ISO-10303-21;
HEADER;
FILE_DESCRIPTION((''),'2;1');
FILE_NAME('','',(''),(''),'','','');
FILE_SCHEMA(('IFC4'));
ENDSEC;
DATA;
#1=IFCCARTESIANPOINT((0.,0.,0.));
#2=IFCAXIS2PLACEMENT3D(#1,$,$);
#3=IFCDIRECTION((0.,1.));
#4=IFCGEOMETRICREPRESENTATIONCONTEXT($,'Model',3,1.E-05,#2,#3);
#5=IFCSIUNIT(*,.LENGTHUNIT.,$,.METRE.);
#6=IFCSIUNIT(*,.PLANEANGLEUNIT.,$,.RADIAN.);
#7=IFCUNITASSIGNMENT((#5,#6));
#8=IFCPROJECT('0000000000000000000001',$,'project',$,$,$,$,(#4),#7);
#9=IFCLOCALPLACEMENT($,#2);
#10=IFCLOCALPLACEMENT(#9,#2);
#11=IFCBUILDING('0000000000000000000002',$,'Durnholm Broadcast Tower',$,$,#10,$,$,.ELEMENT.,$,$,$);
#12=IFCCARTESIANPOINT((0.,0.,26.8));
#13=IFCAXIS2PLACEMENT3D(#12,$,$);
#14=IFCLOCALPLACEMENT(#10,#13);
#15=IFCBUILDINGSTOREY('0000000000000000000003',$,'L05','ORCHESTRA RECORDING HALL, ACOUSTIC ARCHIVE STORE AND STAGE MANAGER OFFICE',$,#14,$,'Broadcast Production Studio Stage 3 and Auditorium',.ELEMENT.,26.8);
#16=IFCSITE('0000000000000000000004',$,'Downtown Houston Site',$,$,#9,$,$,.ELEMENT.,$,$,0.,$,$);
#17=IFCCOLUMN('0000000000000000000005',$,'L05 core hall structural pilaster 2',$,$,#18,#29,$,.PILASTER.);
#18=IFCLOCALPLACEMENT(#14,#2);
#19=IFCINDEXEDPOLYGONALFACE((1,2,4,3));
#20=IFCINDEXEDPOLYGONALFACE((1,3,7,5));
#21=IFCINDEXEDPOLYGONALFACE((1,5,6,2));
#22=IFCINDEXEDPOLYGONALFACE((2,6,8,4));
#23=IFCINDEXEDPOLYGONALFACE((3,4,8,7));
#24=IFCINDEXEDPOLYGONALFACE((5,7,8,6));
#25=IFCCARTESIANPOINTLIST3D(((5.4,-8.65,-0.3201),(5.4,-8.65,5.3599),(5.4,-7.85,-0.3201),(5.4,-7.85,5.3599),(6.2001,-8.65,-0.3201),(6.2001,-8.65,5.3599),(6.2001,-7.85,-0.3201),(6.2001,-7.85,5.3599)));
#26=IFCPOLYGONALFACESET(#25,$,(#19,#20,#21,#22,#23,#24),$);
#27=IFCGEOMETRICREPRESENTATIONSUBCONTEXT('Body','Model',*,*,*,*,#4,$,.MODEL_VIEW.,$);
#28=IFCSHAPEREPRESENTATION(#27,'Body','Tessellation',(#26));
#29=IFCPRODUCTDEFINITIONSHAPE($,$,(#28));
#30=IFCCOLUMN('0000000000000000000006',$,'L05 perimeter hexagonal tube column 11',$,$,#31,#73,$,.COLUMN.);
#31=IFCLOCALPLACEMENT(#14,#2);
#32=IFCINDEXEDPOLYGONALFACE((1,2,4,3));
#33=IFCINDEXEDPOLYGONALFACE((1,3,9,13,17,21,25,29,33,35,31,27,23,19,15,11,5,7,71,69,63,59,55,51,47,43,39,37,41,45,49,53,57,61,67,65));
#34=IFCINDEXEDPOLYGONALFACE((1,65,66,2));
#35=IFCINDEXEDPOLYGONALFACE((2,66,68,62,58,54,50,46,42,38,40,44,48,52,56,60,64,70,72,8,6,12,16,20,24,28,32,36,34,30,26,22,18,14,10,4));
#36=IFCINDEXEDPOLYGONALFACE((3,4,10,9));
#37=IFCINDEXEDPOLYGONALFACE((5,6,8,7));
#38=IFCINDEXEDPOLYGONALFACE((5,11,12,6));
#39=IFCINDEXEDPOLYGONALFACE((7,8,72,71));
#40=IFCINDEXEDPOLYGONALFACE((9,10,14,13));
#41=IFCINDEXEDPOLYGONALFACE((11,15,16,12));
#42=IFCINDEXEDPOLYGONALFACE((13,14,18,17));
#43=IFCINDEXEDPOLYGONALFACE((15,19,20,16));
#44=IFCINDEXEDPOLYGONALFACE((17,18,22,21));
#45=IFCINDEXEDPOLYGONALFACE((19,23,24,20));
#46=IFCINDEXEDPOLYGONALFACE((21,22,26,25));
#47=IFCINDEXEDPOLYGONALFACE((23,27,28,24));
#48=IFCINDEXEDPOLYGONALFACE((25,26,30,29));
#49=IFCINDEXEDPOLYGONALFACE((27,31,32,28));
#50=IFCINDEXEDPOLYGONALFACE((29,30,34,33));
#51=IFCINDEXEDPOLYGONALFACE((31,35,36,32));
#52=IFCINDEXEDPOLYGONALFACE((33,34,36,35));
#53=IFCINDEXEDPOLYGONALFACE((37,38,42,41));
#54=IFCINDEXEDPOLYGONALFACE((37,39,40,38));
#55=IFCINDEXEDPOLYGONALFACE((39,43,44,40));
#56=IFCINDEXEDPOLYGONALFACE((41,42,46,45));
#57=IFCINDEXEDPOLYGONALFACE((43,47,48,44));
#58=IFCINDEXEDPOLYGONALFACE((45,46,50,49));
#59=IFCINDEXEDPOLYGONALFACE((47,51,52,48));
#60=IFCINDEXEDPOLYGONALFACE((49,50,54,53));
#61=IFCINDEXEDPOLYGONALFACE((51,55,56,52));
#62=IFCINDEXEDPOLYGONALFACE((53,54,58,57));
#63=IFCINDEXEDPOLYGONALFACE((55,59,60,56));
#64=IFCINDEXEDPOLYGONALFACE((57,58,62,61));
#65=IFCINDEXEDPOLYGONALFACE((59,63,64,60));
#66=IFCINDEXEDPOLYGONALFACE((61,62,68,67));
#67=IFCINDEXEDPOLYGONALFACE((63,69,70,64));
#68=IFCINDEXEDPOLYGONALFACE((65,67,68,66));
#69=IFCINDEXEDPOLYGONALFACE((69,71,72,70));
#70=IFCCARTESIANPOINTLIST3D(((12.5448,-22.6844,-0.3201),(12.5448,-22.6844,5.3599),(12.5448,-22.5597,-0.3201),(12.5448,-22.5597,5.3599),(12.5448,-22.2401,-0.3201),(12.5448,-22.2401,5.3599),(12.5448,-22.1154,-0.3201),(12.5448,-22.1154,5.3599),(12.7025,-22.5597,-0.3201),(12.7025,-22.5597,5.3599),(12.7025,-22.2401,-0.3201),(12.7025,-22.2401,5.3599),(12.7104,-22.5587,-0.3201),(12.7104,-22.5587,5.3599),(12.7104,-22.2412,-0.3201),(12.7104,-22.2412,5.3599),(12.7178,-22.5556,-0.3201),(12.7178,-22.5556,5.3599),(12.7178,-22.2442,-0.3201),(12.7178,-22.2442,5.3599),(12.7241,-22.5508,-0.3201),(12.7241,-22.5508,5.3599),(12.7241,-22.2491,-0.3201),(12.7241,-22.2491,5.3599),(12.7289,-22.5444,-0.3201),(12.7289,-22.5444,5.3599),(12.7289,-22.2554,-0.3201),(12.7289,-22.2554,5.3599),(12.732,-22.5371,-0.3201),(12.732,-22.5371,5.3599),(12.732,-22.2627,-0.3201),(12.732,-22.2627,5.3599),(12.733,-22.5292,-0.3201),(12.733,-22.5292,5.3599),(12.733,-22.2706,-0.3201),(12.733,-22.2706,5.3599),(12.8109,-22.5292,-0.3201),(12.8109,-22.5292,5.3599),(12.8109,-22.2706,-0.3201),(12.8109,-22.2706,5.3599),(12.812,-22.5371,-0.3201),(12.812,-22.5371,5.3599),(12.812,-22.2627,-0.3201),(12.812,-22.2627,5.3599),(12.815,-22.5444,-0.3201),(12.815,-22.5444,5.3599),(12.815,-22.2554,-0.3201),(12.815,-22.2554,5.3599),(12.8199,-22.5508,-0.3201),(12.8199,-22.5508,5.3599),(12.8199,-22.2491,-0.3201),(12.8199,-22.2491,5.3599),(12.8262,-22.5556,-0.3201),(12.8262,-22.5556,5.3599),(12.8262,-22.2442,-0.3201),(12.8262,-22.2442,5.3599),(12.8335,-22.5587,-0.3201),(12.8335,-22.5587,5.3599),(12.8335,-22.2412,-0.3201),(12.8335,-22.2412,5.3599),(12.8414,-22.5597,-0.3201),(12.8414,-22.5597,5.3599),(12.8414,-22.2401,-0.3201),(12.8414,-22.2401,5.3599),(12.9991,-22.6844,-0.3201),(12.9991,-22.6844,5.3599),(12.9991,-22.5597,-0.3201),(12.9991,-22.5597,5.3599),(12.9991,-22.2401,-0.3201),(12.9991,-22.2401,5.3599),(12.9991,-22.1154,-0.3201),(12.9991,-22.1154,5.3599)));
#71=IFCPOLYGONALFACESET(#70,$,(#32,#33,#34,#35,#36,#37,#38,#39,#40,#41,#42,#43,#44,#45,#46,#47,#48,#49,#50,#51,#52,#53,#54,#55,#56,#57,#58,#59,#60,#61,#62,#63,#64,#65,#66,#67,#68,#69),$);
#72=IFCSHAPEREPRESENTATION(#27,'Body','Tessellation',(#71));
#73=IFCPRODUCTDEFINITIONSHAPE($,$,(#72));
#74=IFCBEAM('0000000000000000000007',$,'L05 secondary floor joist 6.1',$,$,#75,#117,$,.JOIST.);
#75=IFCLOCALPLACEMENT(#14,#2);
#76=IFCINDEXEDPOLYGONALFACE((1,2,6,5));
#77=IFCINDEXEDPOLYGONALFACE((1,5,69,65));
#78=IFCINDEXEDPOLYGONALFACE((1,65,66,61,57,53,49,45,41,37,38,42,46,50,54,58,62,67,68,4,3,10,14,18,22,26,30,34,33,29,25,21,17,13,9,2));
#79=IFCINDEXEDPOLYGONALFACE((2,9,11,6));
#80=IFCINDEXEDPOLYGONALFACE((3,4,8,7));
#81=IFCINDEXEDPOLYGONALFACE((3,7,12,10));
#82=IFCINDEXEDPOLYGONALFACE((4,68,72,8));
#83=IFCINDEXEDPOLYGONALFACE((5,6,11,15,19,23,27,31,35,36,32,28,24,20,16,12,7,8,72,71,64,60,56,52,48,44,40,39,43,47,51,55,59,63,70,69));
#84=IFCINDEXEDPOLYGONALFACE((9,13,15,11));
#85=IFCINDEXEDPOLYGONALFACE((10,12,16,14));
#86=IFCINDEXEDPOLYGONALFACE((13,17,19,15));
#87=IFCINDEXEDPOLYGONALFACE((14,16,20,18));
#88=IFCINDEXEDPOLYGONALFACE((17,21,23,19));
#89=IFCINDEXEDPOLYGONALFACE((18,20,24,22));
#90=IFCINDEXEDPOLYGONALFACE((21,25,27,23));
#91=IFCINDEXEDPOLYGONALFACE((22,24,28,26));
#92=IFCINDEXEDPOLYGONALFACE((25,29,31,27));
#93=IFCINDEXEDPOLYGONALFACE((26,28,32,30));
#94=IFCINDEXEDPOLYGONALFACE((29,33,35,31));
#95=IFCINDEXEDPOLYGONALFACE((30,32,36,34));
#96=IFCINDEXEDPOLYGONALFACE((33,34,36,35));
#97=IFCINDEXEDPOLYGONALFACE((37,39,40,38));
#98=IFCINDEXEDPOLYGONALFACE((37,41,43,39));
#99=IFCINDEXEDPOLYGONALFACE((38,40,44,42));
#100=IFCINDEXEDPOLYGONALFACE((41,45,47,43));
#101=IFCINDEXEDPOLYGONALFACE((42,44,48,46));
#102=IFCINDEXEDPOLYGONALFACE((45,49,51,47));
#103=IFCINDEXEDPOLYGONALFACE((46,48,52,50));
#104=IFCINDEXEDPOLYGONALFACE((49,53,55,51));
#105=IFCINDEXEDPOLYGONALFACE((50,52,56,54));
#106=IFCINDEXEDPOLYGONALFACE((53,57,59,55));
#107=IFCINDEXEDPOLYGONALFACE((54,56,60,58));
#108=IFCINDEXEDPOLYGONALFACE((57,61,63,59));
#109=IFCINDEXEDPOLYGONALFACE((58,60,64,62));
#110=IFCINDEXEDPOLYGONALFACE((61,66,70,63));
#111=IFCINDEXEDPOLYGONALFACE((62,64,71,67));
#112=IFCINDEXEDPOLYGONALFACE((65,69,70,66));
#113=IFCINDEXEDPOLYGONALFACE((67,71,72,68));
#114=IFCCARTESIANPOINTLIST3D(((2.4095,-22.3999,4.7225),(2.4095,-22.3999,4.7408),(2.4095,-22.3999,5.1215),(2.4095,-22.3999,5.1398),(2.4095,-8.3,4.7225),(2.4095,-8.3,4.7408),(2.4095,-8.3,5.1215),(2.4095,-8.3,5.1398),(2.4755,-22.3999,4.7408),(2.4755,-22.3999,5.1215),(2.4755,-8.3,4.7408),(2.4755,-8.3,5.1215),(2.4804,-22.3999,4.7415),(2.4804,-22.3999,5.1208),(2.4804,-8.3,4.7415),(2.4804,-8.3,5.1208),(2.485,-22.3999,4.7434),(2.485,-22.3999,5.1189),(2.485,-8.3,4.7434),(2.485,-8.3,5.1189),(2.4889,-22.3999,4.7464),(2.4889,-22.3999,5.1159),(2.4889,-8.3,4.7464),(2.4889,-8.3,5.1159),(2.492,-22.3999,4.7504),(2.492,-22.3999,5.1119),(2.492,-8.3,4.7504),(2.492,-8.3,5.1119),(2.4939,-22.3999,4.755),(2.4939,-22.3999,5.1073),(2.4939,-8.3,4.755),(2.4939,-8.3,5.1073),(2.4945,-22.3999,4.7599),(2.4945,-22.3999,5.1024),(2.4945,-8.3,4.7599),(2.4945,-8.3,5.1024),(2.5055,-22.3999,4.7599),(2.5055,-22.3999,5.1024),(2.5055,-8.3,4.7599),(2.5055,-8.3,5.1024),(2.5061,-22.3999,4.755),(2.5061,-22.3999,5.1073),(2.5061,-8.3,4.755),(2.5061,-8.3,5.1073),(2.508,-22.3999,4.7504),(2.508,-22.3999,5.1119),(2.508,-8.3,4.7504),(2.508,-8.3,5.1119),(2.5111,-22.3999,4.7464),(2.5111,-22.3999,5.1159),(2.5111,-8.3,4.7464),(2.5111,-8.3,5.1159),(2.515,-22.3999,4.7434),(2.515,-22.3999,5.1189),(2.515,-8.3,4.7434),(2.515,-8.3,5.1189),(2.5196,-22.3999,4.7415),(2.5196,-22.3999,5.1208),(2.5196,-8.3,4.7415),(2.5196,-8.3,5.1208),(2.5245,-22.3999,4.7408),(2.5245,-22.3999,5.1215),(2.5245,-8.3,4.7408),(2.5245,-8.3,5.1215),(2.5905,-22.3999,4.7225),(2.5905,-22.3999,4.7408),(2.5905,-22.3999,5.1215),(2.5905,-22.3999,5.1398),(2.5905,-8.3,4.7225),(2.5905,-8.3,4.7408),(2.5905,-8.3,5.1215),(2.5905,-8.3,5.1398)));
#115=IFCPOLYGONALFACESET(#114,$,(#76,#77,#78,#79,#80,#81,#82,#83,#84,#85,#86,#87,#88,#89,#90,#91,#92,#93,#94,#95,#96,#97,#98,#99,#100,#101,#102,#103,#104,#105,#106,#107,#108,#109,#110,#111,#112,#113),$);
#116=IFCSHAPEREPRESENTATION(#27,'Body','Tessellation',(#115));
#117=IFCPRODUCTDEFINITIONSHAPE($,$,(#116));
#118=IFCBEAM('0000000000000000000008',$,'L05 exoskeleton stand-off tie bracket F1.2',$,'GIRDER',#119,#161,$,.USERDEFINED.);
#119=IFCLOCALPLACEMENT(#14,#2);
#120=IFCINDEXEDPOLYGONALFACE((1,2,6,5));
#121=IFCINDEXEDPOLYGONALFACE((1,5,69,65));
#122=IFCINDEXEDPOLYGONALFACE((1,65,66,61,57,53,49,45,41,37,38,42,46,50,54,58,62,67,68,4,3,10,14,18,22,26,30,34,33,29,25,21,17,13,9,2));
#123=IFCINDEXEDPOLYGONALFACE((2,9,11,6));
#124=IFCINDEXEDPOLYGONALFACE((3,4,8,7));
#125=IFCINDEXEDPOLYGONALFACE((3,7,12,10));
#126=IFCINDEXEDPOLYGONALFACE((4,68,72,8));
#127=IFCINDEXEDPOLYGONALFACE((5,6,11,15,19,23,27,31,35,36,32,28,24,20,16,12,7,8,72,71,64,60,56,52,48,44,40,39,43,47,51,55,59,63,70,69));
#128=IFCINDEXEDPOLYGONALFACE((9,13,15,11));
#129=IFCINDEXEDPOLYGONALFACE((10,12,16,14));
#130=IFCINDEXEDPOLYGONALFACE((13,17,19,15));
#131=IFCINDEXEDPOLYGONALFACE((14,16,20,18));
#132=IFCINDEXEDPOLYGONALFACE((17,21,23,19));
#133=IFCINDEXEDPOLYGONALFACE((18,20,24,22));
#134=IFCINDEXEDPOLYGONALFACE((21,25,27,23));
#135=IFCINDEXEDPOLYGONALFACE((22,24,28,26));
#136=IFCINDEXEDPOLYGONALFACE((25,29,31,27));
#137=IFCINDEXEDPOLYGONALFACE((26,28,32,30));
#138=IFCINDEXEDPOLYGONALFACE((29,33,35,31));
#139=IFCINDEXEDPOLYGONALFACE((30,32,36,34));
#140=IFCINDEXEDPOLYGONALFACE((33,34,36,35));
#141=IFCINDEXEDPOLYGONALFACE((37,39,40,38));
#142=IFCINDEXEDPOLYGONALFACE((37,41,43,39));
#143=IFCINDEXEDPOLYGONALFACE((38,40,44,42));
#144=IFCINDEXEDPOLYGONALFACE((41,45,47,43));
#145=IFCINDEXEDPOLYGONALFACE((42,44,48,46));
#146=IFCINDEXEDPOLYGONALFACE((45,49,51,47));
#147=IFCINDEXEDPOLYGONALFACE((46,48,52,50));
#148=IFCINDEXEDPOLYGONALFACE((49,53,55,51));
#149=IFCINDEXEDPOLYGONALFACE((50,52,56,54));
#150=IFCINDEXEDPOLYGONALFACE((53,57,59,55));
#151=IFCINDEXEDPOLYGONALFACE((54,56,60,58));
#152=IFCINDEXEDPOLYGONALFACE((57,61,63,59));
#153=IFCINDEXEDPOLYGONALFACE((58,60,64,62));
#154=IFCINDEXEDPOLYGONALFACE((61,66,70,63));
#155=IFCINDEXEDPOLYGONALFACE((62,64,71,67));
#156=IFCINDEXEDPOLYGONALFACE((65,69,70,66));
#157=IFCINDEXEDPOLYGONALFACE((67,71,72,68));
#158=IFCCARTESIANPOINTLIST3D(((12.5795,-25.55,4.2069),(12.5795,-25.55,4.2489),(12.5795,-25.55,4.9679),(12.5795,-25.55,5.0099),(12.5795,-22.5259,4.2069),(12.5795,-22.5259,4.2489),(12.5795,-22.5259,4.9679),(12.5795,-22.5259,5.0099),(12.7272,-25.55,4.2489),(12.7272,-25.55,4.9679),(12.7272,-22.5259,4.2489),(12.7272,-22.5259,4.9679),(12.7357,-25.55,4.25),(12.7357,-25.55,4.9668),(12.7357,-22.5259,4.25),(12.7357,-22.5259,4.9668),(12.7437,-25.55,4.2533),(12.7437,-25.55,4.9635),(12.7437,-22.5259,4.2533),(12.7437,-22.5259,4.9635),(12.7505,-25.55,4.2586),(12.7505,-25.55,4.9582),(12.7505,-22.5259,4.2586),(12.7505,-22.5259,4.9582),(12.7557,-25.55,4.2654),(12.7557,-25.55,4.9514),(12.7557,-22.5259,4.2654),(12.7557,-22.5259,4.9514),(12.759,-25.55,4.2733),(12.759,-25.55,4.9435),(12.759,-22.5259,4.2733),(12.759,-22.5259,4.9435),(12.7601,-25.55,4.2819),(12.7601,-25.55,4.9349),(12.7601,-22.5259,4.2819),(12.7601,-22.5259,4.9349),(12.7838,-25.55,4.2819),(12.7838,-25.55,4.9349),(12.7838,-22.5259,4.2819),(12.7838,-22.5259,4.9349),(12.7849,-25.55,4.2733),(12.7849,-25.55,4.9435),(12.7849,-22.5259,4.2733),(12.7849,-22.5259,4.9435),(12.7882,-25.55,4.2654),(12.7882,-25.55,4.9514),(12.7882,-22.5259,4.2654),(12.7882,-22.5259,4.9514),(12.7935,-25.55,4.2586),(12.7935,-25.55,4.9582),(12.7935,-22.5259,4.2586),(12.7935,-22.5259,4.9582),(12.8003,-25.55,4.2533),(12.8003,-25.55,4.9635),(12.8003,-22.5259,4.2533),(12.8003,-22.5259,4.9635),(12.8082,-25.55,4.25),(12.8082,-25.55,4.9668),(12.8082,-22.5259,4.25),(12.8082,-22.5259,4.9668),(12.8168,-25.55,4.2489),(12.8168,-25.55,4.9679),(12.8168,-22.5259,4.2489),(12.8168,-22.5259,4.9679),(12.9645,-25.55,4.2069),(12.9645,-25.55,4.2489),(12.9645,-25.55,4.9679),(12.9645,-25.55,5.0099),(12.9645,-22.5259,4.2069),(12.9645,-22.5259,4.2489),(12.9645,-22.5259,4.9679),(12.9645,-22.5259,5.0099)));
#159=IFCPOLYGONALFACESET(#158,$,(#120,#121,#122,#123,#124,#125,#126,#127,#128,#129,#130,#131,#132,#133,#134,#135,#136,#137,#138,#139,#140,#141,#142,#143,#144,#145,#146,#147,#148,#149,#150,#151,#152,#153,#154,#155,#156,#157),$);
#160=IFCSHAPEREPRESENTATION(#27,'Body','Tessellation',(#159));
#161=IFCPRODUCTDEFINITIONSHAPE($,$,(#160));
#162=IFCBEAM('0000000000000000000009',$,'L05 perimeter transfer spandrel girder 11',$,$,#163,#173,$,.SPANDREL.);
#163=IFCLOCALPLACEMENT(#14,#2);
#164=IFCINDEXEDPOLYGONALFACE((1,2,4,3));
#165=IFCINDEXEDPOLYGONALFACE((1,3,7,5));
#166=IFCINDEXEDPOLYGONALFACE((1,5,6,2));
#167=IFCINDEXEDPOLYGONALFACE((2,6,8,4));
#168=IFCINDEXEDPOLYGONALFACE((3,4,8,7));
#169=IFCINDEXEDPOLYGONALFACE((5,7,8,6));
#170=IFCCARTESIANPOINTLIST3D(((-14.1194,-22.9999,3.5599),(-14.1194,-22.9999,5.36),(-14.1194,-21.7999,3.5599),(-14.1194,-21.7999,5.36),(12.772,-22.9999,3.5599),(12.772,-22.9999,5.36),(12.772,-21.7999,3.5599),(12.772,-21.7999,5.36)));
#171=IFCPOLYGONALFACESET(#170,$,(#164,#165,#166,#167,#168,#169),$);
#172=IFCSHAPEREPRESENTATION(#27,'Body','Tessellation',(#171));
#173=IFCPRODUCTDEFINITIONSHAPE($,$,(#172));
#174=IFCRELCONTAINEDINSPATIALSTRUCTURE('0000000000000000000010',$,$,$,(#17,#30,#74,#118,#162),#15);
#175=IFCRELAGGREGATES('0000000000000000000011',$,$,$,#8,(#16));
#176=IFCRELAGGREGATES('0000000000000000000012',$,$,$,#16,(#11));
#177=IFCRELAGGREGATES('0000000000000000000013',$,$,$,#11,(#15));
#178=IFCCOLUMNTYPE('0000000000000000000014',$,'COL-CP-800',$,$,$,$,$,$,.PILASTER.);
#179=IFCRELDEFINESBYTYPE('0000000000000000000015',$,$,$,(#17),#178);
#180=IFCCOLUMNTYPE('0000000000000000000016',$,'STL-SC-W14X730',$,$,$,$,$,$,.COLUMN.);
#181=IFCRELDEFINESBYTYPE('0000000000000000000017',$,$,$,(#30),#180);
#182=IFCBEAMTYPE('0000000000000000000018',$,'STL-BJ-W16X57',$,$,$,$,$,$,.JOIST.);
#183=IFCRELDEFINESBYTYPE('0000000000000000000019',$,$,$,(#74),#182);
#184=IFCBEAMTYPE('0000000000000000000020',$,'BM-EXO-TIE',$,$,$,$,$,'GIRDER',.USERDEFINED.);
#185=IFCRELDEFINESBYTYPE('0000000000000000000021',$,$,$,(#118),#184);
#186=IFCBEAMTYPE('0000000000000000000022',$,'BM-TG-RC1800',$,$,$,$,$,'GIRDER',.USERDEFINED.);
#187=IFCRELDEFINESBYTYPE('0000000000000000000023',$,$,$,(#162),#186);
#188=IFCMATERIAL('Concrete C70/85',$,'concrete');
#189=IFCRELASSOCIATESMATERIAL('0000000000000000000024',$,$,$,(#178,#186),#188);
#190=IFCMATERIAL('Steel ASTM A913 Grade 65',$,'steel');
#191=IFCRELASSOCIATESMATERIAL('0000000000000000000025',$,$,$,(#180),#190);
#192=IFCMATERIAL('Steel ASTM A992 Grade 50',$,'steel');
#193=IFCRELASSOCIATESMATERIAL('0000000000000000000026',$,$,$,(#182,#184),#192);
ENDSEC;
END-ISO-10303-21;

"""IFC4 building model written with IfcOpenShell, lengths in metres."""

from ifc_helpers import new_model, si_unit, direction, frame, origin, origin_2d, place, context, subcontext, project, spatial, rectangle, i_section, extrude, source, transform, mapped, material, material_profile, profile_set, type_object, type_shapes, element, save


model = new_model("IFC4")

# Units and contexts
model_context = context("Model", 3, precision=1e-05, world=origin(), true_north=direction((0.0, 1.0)))
body_context = subcontext(model_context, "Body", "Model", "MODEL_VIEW")
ifc_project = project(units=[si_unit("LENGTHUNIT", "METRE"), si_unit("PLANEANGLEUNIT", "RADIAN")], contexts=[model_context])

# Site, building, storey
site_placement = place(None, origin())
site = spatial("IfcSite", under=ifc_project, at=site_placement, Name="Downtown Houston Site", CompositionType="ELEMENT", RefElevation=0.0)
building_placement = place(site_placement, origin())
building = spatial("IfcBuilding", under=site, at=building_placement, Name="Durnholm Broadcast Tower", CompositionType="ELEMENT")
storey_placement = place(building_placement, frame((0.0, 0.0, 26.8)))
storey = spatial("IfcBuildingStorey", under=building, at=storey_placement, Name="L05", Description="ORCHESTRA RECORDING HALL, ACOUSTIC ARCHIVE STORE AND STAGE MANAGER OFFICE", LongName="Broadcast Production Studio Stage 3 and Auditorium", CompositionType="ELEMENT", Elevation=26.8)

# Columns
ifc_material_1 = material(Name="Concrete C70/85", Category="concrete")
ifc_material_profile_1 = material_profile(ifc_material_1, rectangle(XDim=0.8, YDim=0.8, at=origin_2d()), Name="RC800X800")
ifc_profile_set_1 = profile_set([ifc_material_profile_1], Name="Concrete C70/85")
column_type_1 = type_object("IfcColumnType", Name="COL-CP-800", PredefinedType="PILASTER", material=ifc_profile_set_1)
shared_shape_1 = source(origin(), body_context, "Body", "SweptSolid", [
    extrude(rectangle(XDim=0.8, YDim=0.8, at=origin_2d()), origin(), (0.0, 0.0, 1.0), 5.6799),
])
type_shapes(column_type_1, [shared_shape_1])
column_1_placement = place(storey_placement, frame((5.8, -8.25, -0.3201), z_axis=(0.0, 0.0, 1.0), x_axis=(1.0, 0.0, 0.0)))
element("IfcColumn", 1, at=column_1_placement, inside=storey, type_object=column_type_1, Name="L05 core hall structural pilaster 2", PredefinedType="PILASTER", context=body_context, shape_type="MappedRepresentation", body=[
    mapped(shared_shape_1, transform((0.0, 0.0, 0.0), x_axis=(1.0, 0.0, 0.0), y_axis=(0.0, 1.0, 0.0), z_axis=(0.0, 0.0, 1.0), scale=1.0)),
])
ifc_material_2 = material(Name="Steel ASTM A913 Grade 65", Category="steel")
ifc_material_profile_2 = material_profile(ifc_material_2, i_section(OverallWidth=0.4543, OverallDepth=0.5691, WebThickness=0.0779, FlangeThickness=0.1248, FilletRadius=0.0305, at=origin_2d()), Name="W14X730")
ifc_profile_set_2 = profile_set([ifc_material_profile_2], Name="Steel ASTM A913 Grade 65")
column_type_2 = type_object("IfcColumnType", Name="STL-SC-W14X730", PredefinedType="COLUMN", material=ifc_profile_set_2)
shared_shape_2 = source(origin(), body_context, "Body", "SweptSolid", [
    extrude(i_section(OverallWidth=0.4543, OverallDepth=0.5691, WebThickness=0.0779, FlangeThickness=0.1248, FilletRadius=0.0305, at=origin_2d()), origin(), (0.0, 0.0, 1.0), 5.6799),
])
type_shapes(column_type_2, [shared_shape_2])
column_2_placement = place(storey_placement, frame((12.772, -22.3999, -0.3201), z_axis=(0.0, 0.0, 1.0), x_axis=(1.0, 0.0, 0.0)))
element("IfcColumn", 2, at=column_2_placement, inside=storey, type_object=column_type_2, Name="L05 perimeter hexagonal tube column 11", PredefinedType="COLUMN", context=body_context, shape_type="MappedRepresentation", body=[
    mapped(shared_shape_2, transform((0.0, 0.0, 0.0), x_axis=(1.0, 0.0, 0.0), y_axis=(0.0, 1.0, 0.0), z_axis=(0.0, 0.0, 1.0), scale=1.0)),
])

# Beams
ifc_material_3 = material(Name="Steel ASTM A992 Grade 50", Category="steel")
ifc_material_profile_3 = material_profile(ifc_material_3, i_section(OverallWidth=0.1809, OverallDepth=0.4172, WebThickness=0.011, FlangeThickness=0.0183, FilletRadius=0.019, at=origin_2d()), Name="W16X57")
ifc_profile_set_3 = profile_set([ifc_material_profile_3], Name="Steel ASTM A992 Grade 50")
beam_type_1 = type_object("IfcBeamType", Name="STL-BJ-W16X57", PredefinedType="JOIST", material=ifc_profile_set_3)
shared_shape_3 = source(origin(), body_context, "Body", "SweptSolid", [
    extrude(i_section(OverallWidth=0.1809, OverallDepth=0.4172, WebThickness=0.011, FlangeThickness=0.0183, FilletRadius=0.019, at=origin_2d()), origin(), (0.0, 0.0, 1.0), 14.0999),
])
type_shapes(beam_type_1, [shared_shape_3])
beam_1_placement = place(storey_placement, frame((2.5, -22.3999, 4.9312), z_axis=(0.0, 1.0, 0.0), x_axis=(-1.0, 0.0, 0.0)))
element("IfcBeam", 3, at=beam_1_placement, inside=storey, type_object=beam_type_1, Name="L05 secondary floor joist 6.1", PredefinedType="JOIST", context=body_context, shape_type="MappedRepresentation", body=[
    mapped(shared_shape_3, transform((0.0, 0.0, 0.0), x_axis=(1.0, 0.0, 0.0), y_axis=(0.0, 1.0, 0.0), z_axis=(0.0, 0.0, 1.0), scale=1.0)),
])
ifc_material_profile_4 = material_profile(ifc_material_3, i_section(OverallWidth=0.385, OverallDepth=0.803, WebThickness=0.0237, FlangeThickness=0.042, FilletRadius=0.033, at=origin_2d()), Name="W30X261")
ifc_profile_set_4 = profile_set([ifc_material_profile_4], Name="Steel ASTM A992 Grade 50")
beam_type_2 = type_object("IfcBeamType", Name="BM-EXO-TIE", ElementType="GIRDER", PredefinedType="USERDEFINED", material=ifc_profile_set_4)
shared_shape_4 = source(origin(), body_context, "Body", "SweptSolid", [
    extrude(i_section(OverallWidth=0.385, OverallDepth=0.803, WebThickness=0.0237, FlangeThickness=0.042, FilletRadius=0.033, at=origin_2d()), origin(), (0.0, 0.0, 1.0), 3.0242),
])
type_shapes(beam_type_2, [shared_shape_4])
beam_2_placement = place(storey_placement, frame((12.772, -22.5259, 4.6084), z_axis=(0.0, -1.0, 0.0), x_axis=(1.0, 0.0, 0.0)))
element("IfcBeam", 4, at=beam_2_placement, inside=storey, type_object=beam_type_2, Name="L05 exoskeleton stand-off tie bracket F1.2", ObjectType="GIRDER", PredefinedType="USERDEFINED", context=body_context, shape_type="MappedRepresentation", body=[
    mapped(shared_shape_4, transform((0.0, 0.0, 0.0), x_axis=(1.0, 0.0, 0.0), y_axis=(0.0, 1.0, 0.0), z_axis=(0.0, 0.0, 1.0), scale=1.0)),
])
ifc_material_profile_5 = material_profile(ifc_material_1, rectangle(XDim=1.2, YDim=1.8, at=origin_2d()), Name="RC1200X1800")
ifc_profile_set_5 = profile_set([ifc_material_profile_5], Name="Concrete C70/85")
beam_type_3 = type_object("IfcBeamType", Name="BM-TG-RC1800", ElementType="GIRDER", PredefinedType="USERDEFINED", material=ifc_profile_set_5)
shared_shape_5 = source(origin(), body_context, "Body", "SweptSolid", [
    extrude(rectangle(XDim=1.2, YDim=1.8, at=origin_2d()), origin(), (0.0, 0.0, 1.0), 26.8914),
])
beam_3_placement = place(storey_placement, frame((12.772, -22.3999, 4.46), z_axis=(-1.0, 0.0, 0.0), x_axis=(0.0, -1.0, 0.0)))
element("IfcBeam", 5, at=beam_3_placement, inside=storey, type_object=beam_type_3, Name="L05 perimeter transfer spandrel girder 11", PredefinedType="SPANDREL", context=body_context, shape_type="MappedRepresentation", body=[
    mapped(shared_shape_5, transform((0.0, 0.0, 0.0), x_axis=(1.0, 0.0, 0.0), y_axis=(0.0, 1.0, 0.0), z_axis=(0.0, 0.0, 1.0), scale=1.0)),
])

save(model, "model.ifc")
